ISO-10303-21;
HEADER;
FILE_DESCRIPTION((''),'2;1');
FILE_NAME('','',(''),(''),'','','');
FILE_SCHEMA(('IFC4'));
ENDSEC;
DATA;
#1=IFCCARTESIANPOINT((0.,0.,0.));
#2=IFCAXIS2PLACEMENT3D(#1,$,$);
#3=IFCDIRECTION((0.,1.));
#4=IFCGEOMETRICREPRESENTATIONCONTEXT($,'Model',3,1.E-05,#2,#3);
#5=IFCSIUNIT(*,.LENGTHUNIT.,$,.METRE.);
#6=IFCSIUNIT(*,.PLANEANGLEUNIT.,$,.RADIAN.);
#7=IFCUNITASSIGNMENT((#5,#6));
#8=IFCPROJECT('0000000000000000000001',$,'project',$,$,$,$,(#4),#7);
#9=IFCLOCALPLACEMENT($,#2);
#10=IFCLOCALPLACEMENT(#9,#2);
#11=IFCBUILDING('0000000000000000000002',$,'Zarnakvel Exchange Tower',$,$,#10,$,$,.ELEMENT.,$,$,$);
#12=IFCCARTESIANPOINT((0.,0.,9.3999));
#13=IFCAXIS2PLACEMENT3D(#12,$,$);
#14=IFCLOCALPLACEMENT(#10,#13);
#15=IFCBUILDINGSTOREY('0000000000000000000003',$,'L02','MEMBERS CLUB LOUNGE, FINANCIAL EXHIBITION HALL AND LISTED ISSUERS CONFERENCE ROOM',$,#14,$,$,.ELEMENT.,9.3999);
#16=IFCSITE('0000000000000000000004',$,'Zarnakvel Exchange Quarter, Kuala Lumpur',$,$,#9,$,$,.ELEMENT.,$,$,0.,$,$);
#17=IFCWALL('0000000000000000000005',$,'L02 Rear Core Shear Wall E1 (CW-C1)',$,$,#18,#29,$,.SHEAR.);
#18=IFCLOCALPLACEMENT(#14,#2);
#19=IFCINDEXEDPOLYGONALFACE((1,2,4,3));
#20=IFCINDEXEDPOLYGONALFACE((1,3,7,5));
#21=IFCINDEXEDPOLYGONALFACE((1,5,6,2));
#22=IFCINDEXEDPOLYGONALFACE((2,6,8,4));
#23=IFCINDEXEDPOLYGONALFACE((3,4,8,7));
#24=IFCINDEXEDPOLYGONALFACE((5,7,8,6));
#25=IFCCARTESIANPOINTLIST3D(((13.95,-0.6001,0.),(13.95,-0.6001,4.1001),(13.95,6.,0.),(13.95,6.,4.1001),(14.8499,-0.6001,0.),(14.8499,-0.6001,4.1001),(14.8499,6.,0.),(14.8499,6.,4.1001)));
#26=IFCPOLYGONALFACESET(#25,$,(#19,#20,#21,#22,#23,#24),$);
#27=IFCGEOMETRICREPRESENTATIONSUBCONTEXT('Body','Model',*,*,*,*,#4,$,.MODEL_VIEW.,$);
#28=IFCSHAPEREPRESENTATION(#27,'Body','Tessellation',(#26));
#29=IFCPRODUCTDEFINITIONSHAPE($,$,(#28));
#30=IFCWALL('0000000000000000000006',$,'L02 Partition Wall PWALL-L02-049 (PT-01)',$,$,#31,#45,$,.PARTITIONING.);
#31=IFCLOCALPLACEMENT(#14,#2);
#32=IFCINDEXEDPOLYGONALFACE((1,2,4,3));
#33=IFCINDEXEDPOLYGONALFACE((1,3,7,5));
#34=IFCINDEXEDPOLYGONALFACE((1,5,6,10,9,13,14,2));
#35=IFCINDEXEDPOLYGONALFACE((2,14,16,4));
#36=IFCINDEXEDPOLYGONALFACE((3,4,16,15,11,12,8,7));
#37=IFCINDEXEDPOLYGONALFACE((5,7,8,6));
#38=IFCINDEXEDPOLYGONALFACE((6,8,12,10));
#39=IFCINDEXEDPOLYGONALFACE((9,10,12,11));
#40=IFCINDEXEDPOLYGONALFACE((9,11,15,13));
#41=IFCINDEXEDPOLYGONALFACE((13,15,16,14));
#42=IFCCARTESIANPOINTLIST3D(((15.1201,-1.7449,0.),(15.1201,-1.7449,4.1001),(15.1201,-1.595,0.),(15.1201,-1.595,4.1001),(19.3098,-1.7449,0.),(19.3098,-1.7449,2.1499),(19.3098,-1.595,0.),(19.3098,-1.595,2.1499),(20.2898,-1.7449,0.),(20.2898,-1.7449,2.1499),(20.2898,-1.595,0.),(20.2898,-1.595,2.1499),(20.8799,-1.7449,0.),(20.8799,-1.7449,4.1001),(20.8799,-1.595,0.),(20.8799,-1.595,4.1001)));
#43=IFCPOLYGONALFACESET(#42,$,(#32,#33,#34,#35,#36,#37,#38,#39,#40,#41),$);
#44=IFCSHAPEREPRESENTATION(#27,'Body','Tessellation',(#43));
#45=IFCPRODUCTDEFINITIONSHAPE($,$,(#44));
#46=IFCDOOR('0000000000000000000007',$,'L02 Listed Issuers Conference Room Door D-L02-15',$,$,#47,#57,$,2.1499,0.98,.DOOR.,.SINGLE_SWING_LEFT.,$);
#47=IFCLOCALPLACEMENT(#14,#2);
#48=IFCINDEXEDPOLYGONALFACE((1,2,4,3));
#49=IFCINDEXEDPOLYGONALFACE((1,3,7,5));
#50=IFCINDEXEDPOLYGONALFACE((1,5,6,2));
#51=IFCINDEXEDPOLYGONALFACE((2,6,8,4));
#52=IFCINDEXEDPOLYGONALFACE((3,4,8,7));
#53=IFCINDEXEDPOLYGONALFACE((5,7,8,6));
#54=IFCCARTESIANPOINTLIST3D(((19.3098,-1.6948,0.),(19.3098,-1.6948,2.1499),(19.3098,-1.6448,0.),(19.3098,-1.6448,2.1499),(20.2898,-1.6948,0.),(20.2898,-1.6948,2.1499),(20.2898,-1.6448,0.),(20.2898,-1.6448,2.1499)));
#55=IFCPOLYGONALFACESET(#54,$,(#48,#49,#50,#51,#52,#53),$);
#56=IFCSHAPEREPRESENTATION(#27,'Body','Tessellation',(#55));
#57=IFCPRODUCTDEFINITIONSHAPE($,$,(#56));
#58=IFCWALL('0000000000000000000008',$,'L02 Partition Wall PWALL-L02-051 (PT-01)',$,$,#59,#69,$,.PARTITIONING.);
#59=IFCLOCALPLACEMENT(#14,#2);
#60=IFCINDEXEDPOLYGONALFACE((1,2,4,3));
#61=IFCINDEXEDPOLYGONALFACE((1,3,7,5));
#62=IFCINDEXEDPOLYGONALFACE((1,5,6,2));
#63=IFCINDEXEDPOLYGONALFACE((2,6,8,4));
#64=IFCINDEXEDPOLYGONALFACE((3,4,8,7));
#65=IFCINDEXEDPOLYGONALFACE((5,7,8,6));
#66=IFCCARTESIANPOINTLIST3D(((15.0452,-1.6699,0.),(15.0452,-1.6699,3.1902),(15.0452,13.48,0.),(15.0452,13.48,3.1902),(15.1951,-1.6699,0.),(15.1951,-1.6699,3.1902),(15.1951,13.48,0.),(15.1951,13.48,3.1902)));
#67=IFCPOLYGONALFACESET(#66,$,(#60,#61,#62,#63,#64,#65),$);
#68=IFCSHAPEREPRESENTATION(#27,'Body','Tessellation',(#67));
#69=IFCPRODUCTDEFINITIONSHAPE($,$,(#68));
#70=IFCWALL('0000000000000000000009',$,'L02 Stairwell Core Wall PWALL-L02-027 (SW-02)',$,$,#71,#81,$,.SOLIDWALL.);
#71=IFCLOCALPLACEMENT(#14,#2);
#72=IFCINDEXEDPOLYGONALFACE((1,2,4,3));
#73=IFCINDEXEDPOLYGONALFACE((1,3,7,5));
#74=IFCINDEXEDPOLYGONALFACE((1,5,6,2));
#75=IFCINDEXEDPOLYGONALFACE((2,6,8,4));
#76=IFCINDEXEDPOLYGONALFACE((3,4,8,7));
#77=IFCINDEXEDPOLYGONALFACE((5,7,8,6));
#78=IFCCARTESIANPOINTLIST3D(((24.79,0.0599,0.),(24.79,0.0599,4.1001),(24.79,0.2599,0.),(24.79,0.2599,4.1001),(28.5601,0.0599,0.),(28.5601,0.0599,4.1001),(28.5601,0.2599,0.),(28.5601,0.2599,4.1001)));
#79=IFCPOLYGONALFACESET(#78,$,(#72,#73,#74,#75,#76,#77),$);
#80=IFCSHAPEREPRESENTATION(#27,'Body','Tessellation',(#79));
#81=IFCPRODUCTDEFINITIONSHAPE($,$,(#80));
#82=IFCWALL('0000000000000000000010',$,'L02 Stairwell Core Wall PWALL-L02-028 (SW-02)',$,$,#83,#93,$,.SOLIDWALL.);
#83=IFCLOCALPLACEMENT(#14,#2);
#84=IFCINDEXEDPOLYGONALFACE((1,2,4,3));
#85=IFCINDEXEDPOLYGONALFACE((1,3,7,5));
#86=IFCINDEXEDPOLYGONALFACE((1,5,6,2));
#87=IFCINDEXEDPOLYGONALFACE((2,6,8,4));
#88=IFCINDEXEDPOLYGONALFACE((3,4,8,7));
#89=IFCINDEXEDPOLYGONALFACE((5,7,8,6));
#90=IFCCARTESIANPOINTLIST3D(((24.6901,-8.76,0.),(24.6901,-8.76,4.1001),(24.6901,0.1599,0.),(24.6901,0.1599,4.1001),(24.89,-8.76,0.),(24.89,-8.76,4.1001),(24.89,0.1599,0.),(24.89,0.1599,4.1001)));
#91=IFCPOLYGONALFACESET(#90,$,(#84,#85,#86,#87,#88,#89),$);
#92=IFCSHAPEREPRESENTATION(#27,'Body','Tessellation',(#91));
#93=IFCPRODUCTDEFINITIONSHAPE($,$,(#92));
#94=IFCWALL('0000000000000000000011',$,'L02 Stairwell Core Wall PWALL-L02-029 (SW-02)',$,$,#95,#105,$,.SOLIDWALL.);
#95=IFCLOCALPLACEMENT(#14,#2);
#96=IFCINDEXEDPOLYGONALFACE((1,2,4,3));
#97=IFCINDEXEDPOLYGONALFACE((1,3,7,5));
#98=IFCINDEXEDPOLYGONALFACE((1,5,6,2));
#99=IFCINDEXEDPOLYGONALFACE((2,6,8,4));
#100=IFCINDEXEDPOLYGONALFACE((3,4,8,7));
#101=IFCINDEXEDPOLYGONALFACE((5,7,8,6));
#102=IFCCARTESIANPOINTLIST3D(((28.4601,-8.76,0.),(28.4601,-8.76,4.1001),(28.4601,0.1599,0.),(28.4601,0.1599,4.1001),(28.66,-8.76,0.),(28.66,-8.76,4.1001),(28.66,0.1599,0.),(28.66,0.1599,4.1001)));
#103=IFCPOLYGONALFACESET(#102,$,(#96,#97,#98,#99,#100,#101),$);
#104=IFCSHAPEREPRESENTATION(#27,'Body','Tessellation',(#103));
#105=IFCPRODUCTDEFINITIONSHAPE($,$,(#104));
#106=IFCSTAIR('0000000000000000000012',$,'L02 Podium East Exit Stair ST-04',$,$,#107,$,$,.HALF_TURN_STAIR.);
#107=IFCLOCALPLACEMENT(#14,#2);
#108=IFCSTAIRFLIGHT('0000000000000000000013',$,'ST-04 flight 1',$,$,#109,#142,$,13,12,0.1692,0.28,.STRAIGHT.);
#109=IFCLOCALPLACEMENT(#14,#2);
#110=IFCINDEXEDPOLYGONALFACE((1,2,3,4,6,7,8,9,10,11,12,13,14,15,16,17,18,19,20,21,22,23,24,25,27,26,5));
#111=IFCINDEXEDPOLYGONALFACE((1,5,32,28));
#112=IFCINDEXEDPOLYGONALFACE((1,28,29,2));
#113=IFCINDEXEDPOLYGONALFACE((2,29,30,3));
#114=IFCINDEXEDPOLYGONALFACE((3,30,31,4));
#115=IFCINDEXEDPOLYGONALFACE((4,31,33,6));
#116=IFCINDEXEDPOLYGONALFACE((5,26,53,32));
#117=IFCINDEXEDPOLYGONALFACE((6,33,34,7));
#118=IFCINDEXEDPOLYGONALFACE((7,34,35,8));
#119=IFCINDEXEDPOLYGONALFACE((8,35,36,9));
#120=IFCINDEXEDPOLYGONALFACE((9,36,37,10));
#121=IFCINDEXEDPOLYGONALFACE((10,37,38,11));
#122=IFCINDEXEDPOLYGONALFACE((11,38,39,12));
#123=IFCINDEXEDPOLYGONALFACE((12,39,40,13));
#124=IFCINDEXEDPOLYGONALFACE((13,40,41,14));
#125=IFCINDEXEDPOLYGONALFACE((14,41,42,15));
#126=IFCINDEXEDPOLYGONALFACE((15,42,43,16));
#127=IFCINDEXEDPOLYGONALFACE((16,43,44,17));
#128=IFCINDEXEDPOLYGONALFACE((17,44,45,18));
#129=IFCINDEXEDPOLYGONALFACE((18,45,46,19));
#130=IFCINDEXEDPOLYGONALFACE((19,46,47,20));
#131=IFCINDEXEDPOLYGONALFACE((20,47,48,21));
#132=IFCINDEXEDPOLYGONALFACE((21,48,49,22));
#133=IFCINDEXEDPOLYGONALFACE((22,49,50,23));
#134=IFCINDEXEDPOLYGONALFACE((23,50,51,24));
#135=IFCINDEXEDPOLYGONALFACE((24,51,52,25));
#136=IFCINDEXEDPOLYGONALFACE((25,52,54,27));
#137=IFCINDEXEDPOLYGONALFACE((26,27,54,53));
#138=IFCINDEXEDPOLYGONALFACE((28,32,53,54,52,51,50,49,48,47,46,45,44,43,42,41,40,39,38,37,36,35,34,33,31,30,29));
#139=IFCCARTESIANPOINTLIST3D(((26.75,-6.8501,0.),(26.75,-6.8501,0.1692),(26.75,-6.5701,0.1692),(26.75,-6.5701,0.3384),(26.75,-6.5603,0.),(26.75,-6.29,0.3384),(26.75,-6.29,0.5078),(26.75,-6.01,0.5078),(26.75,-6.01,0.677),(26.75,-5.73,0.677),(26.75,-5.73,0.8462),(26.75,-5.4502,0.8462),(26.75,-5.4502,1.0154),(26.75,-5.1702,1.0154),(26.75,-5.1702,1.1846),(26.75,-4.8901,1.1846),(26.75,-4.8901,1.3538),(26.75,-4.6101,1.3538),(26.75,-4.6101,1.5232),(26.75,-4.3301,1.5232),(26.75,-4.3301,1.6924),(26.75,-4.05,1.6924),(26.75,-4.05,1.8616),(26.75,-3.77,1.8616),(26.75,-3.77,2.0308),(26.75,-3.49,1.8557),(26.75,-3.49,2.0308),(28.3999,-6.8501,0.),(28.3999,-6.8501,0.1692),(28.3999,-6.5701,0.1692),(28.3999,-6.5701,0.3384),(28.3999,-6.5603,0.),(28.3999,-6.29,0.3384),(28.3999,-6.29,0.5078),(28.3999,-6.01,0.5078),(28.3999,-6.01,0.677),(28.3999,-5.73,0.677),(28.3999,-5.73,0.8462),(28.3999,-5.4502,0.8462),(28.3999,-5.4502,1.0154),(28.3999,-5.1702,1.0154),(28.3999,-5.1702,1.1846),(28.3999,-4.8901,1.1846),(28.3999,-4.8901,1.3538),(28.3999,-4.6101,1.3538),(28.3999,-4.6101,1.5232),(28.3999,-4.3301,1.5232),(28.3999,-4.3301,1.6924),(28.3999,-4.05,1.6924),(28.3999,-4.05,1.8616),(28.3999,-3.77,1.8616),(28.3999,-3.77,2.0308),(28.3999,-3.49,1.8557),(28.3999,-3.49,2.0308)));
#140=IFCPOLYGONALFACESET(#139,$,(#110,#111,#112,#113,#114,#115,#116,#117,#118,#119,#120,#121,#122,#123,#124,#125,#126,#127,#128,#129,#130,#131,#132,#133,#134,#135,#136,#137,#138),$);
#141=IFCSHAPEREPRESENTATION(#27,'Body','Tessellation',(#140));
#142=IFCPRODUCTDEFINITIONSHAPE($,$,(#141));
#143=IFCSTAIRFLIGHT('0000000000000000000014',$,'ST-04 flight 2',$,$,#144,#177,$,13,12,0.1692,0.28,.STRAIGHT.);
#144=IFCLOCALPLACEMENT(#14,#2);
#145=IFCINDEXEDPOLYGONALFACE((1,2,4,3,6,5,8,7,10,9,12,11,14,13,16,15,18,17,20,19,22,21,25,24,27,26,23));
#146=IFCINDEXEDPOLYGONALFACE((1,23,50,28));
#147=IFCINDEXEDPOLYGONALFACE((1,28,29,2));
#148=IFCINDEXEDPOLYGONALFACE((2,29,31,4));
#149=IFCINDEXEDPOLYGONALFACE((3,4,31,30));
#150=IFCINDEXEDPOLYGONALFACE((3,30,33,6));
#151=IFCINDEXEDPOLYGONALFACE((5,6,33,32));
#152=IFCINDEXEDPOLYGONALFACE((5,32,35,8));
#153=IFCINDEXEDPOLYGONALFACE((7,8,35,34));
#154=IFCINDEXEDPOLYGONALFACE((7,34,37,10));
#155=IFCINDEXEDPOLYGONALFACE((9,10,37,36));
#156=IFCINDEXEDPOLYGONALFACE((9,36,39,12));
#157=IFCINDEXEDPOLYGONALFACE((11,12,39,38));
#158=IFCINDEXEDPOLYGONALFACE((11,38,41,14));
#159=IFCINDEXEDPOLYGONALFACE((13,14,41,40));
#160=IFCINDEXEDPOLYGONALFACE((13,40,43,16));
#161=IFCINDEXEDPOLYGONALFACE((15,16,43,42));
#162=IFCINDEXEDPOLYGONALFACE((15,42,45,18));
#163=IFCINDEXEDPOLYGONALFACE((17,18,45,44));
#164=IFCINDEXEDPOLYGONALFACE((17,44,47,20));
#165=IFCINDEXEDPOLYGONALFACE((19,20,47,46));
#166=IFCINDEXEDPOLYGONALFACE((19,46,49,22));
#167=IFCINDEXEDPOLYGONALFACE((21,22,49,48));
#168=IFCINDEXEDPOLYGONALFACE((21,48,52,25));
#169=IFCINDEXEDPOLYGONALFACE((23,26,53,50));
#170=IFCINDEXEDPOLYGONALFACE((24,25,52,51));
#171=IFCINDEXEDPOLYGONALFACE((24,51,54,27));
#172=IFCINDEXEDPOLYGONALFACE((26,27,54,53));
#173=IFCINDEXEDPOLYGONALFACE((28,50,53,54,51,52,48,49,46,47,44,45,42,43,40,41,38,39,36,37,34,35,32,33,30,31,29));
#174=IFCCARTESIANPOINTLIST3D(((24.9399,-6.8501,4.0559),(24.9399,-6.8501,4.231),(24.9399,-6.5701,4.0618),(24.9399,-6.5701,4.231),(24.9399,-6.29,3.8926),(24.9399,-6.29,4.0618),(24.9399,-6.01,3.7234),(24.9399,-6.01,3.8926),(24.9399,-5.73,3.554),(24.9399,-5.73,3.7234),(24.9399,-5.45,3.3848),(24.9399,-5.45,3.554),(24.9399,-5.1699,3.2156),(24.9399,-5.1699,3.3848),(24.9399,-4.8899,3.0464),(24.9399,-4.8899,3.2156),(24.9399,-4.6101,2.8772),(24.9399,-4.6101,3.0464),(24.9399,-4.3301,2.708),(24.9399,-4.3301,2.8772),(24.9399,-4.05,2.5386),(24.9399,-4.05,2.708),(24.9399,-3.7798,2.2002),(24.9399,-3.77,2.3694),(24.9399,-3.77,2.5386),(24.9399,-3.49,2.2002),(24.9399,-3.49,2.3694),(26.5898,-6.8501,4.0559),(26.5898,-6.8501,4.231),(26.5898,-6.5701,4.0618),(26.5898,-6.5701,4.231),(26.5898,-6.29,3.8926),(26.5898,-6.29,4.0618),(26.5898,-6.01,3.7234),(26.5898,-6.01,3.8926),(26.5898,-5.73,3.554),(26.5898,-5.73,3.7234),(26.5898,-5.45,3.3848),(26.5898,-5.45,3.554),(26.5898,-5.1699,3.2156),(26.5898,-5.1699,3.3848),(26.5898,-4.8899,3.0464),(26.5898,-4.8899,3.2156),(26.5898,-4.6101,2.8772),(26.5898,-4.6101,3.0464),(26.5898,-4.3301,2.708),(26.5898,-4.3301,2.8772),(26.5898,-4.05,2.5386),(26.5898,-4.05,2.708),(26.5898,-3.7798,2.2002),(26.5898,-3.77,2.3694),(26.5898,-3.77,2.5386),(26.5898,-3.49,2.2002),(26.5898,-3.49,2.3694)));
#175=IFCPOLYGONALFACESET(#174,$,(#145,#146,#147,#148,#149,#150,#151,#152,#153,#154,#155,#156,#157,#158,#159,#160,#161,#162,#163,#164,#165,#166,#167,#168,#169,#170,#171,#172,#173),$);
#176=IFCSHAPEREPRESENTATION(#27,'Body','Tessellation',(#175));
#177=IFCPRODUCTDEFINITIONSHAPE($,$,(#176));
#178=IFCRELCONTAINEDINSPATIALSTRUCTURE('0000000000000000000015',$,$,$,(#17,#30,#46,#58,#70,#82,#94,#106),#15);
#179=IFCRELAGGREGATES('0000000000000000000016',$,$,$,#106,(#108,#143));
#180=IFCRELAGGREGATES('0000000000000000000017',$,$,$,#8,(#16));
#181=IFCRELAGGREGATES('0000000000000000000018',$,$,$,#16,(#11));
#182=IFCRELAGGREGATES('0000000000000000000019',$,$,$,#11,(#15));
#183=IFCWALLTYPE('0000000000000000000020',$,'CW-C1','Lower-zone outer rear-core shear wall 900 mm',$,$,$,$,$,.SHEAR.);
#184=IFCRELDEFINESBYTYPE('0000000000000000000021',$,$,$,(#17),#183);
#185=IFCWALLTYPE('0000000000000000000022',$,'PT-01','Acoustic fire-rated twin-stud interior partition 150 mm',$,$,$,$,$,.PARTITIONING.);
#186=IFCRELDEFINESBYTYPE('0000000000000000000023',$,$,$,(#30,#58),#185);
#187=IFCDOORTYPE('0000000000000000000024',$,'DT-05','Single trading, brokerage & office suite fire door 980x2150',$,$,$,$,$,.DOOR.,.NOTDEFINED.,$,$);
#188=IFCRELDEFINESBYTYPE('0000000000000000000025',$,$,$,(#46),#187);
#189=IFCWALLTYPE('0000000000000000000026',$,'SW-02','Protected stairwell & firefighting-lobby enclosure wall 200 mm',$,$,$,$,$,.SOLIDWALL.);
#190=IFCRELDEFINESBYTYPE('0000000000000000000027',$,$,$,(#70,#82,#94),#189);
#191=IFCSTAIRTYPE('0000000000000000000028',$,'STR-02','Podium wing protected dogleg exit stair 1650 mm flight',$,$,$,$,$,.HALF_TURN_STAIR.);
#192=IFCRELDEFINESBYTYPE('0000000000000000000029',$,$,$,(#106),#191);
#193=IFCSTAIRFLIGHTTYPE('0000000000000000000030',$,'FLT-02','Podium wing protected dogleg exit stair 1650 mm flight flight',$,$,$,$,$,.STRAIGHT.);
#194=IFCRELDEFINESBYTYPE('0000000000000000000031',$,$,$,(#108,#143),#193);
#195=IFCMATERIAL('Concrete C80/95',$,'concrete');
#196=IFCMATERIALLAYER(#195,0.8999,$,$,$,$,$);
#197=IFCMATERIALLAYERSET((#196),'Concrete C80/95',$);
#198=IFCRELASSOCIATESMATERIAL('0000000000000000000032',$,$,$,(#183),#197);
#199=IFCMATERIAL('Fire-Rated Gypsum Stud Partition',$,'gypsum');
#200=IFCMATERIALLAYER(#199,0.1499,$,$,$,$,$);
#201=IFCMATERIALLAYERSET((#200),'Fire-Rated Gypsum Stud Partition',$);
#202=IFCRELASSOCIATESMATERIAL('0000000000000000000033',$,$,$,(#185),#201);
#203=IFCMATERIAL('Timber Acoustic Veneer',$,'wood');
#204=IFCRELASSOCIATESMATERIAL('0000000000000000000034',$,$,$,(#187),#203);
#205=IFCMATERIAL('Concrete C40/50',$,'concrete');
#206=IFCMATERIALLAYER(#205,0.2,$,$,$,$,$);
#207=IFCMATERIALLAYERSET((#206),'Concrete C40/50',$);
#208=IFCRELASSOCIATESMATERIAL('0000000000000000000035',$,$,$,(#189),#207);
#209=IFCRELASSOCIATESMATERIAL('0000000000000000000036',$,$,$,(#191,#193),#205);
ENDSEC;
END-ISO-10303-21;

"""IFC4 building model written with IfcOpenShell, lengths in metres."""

from ifc_helpers import new_model, si_unit, direction, frame, frame_2d, origin, place, context, subcontext, project, spatial, polyline, rectangle, outline, extrude, source, transform, mapped, material, layer, layer_set, type_object, element, fill, aggregate, save


model = new_model("IFC4")

# Units and contexts
model_context = context("Model", 3, precision=1e-05, world=origin(), true_north=direction((0.0, 1.0)))
body_context = subcontext(model_context, "Body", "Model", "MODEL_VIEW")
ifc_project = project(units=[si_unit("LENGTHUNIT", "METRE"), si_unit("PLANEANGLEUNIT", "RADIAN")], contexts=[model_context])

# Site, building, storey
site_placement = place(None, origin())
site = spatial("IfcSite", under=ifc_project, at=site_placement, Name="Zarnakvel Exchange Quarter, Kuala Lumpur", CompositionType="ELEMENT", RefElevation=0.0)
building_placement = place(site_placement, origin())
building = spatial("IfcBuilding", under=site, at=building_placement, Name="Zarnakvel Exchange Tower", CompositionType="ELEMENT")
storey_placement = place(building_placement, frame((0.0, 0.0, 9.3999)))
storey = spatial("IfcBuildingStorey", under=building, at=storey_placement, Name="L02", Description="MEMBERS CLUB LOUNGE, FINANCIAL EXHIBITION HALL AND LISTED ISSUERS CONFERENCE ROOM", CompositionType="ELEMENT", Elevation=9.3999)

# Shared definitions
ifc_material_1 = material(Name="Concrete C80/95", Category="concrete")

# Wall
ifc_layer_1 = layer(ifc_material_1, 0.8999)
ifc_layer_set_1 = layer_set([ifc_layer_1], Name="Concrete C80/95")
wall_type_1 = type_object("IfcWallType", Name="CW-C1", Description="Lower-zone outer rear-core shear wall 900 mm", PredefinedType="SHEAR", material=ifc_layer_set_1)
wall_1_placement = place(storey_placement, frame((14.3999, -0.6001, 0.0), z_axis=(0.0, 0.0, 1.0), x_axis=(0.0, 1.0, 0.0)))
element("IfcWall", 1, at=wall_1_placement, inside=storey, type_object=wall_type_1, Name="L02 Rear Core Shear Wall E1 (CW-C1)", PredefinedType="SHEAR", context=body_context, shape_type="SweptSolid", body=[
    extrude(rectangle(XDim=6.6001, YDim=0.8999, at=frame_2d((3.3, 0.0))), origin(), (0.0, 0.0, 1.0), 4.1001),
])

# Wall, opening, door
ifc_material_2 = material(Name="Fire-Rated Gypsum Stud Partition", Category="gypsum")
ifc_layer_2 = layer(ifc_material_2, 0.1499)
ifc_layer_set_2 = layer_set([ifc_layer_2], Name="Fire-Rated Gypsum Stud Partition")
wall_type_2 = type_object("IfcWallType", Name="PT-01", Description="Acoustic fire-rated twin-stud interior partition 150 mm", PredefinedType="PARTITIONING", material=ifc_layer_set_2)
wall_2_placement = place(storey_placement, frame((20.8799, -1.6699, 0.0), z_axis=(0.0, 0.0, 1.0), x_axis=(-1.0, 0.0, 0.0)))
wall_2 = element("IfcWall", 2, at=wall_2_placement, inside=storey, type_object=wall_type_2, Name="L02 Partition Wall PWALL-L02-049 (PT-01)", PredefinedType="PARTITIONING", context=body_context, shape_type="SweptSolid", body=[
    extrude(rectangle(XDim=5.7598, YDim=0.1499, at=frame_2d((2.8799, 0.0))), origin(), (0.0, 0.0, 1.0), 4.1001),
])
opening_1_placement = place(wall_2_placement, frame((0.5901, 0.0, 0.0)))
opening_1 = element("IfcOpeningElement", 3, at=opening_1_placement, cuts=wall_2, PredefinedType="OPENING", context=body_context, shape_type="SweptSolid", body=[
    extrude(rectangle(XDim=0.98, YDim=2.1499, at=frame_2d((0.49, 1.075))), frame((0.0, 0.085, 0.0), z_axis=(0.0, -1.0, 0.0), x_axis=(1.0, 0.0, 0.0)), (0.0, 0.0, 1.0), 0.1699),
])
ifc_material_3 = material(Name="Timber Acoustic Veneer", Category="wood")
door_type_1 = type_object("IfcDoorType", Name="DT-05", Description="Single trading, brokerage & office suite fire door 980x2150", OperationType="NOTDEFINED", PredefinedType="DOOR", material=ifc_material_3)
shared_shape_1 = source(origin(), body_context, "Body", "SweptSolid", [
    extrude(rectangle(XDim=0.98, YDim=2.1499, at=frame_2d((0.49, 1.075))), frame((0.0, 0.0249, 0.0), z_axis=(0.0, -1.0, 0.0), x_axis=(1.0, 0.0, 0.0)), (0.0, 0.0, 1.0), 0.05),
])
door_1_placement = place(opening_1_placement, origin())
door_1 = element("IfcDoor", 4, at=door_1_placement, inside=storey, type_object=door_type_1, Name="L02 Listed Issuers Conference Room Door D-L02-15", OperationType="SINGLE_SWING_LEFT", OverallHeight=2.1499, OverallWidth=0.98, PredefinedType="DOOR", context=body_context, shape_type="MappedRepresentation", body=[
    mapped(shared_shape_1, transform((0.0, 0.0, 0.0), x_axis=(1.0, 0.0, 0.0), y_axis=(0.0, 1.0, 0.0), z_axis=(0.0, 0.0, 1.0), scale=1.0)),
])
fill(opening_1, door_1)

# Wall
wall_3_placement = place(storey_placement, frame((15.1201, -1.6699, 0.0), z_axis=(0.0, 0.0, 1.0), x_axis=(0.0, 1.0, 0.0)))
element("IfcWall", 5, at=wall_3_placement, inside=storey, type_object=wall_type_2, Name="L02 Partition Wall PWALL-L02-051 (PT-01)", PredefinedType="PARTITIONING", context=body_context, shape_type="SweptSolid", body=[
    extrude(rectangle(XDim=15.1499, YDim=0.1499, at=frame_2d((7.575, 0.0))), origin(), (0.0, 0.0, 1.0), 3.1902),
])

# Shared definitions
ifc_material_4 = material(Name="Concrete C40/50", Category="concrete")
ifc_layer_3 = layer(ifc_material_4, 0.2)
ifc_layer_set_3 = layer_set([ifc_layer_3], Name="Concrete C40/50")
wall_type_3 = type_object("IfcWallType", Name="SW-02", Description="Protected stairwell & firefighting-lobby enclosure wall 200 mm", PredefinedType="SOLIDWALL", material=ifc_layer_set_3)

# Walls
wall_4_placement = place(storey_placement, frame((24.79, 0.1599, 0.0), z_axis=(0.0, 0.0, 1.0), x_axis=(1.0, 0.0, 0.0)))
element("IfcWall", 6, at=wall_4_placement, inside=storey, type_object=wall_type_3, Name="L02 Stairwell Core Wall PWALL-L02-027 (SW-02)", PredefinedType="SOLIDWALL", context=body_context, shape_type="SweptSolid", body=[
    extrude(rectangle(XDim=3.77, YDim=0.2, at=frame_2d((1.885, 0.0))), origin(), (0.0, 0.0, 1.0), 4.1001),
])
for number, where, z_axis, x_axis, name in (
    (7, (24.79, -8.76, 0.0), (0.0, 0.0, 1.0), (0.0, 1.0, 0.0), "L02 Stairwell Core Wall PWALL-L02-028 (SW-02)"),
    (8, (28.5601, 0.1599, 0.0), (0.0, 0.0, 1.0), (0.0, -1.0, 0.0), "L02 Stairwell Core Wall PWALL-L02-029 (SW-02)"),
):
    element("IfcWall", number, at=place(storey_placement, frame(where, z_axis=z_axis, x_axis=x_axis)), inside=storey, type_object=wall_type_3, Name=name, PredefinedType="SOLIDWALL", context=body_context, shape_type="SweptSolid", body=[
        extrude(rectangle(XDim=8.9199, YDim=0.2, at=frame_2d((4.46, 0.0))), origin(), (0.0, 0.0, 1.0), 4.1001),
    ])

# Stair, stair flights
stair_type = type_object("IfcStairType", Name="STR-02", Description="Podium wing protected dogleg exit stair 1650 mm flight", PredefinedType="HALF_TURN_STAIR", material=ifc_material_4)
stair_placement = place(storey_placement, origin())
stair = element("IfcStair", 9, at=stair_placement, inside=storey, type_object=stair_type, Name="L02 Podium East Exit Stair ST-04", PredefinedType="HALF_TURN_STAIR")
stair_flight_type = type_object("IfcStairFlightType", Name="FLT-02", Description="Podium wing protected dogleg exit stair 1650 mm flight flight", PredefinedType="STRAIGHT", material=ifc_material_4)
stair_flight_1_placement = place(storey_placement, frame((27.575, -6.8501, 0.0), z_axis=(0.0, 0.0, 1.0), x_axis=(0.0, 1.0, 0.0)))
stair_flight_1 = element("IfcStairFlight", 10, at=stair_flight_1_placement, type_object=stair_flight_type, Name="ST-04 flight 1", NumberOfRisers=13, NumberOfTreads=12, PredefinedType="STRAIGHT", RiserHeight=0.1692, TreadLength=0.28, context=body_context, shape_type="SweptSolid", body=[
    extrude(outline(polyline([(0.0, 0.0), (0.0, 0.1692), (0.28, 0.1692), (0.28, 0.3384), (0.5601, 0.3384), (0.5601, 0.5078), (0.8401, 0.5078), (0.8401, 0.677), (1.1201, 0.677), (1.1201, 0.8462), (1.3999, 0.8462), (1.3999, 1.0154), (1.6799, 1.0154), (1.6799, 1.1846), (1.96, 1.1846), (1.96, 1.3538), (2.24, 1.3538), (2.24, 1.5232), (2.52, 1.5232), (2.52, 1.6924), (2.8, 1.6924), (2.8, 1.8616), (3.0801, 1.8616), (3.0801, 2.0308), (3.3601, 2.0308), (3.3601, 2.2), (3.3601, 1.8557), (0.2898, 0.0), (0.0, 0.0)])), frame((0.0, 0.825, 0.0), z_axis=(0.0, -1.0, 0.0), x_axis=(1.0, 0.0, 0.0)), (0.0, 0.0, 1.0), 1.6499),
])
stair_flight_2_placement = place(storey_placement, frame((25.7649, -3.49, 2.2002), z_axis=(0.0, 0.0, 1.0), x_axis=(0.0, -1.0, 0.0)))
stair_flight_2 = element("IfcStairFlight", 11, at=stair_flight_2_placement, type_object=stair_flight_type, Name="ST-04 flight 2", NumberOfRisers=13, NumberOfTreads=12, PredefinedType="STRAIGHT", RiserHeight=0.1692, TreadLength=0.28, context=body_context, shape_type="SweptSolid", body=[
    extrude(outline(polyline([(0.0, 0.0), (0.0, 0.1692), (0.28, 0.1692), (0.28, 0.3384), (0.5601, 0.3384), (0.5601, 0.5078), (0.8401, 0.5078), (0.8401, 0.677), (1.1201, 0.677), (1.1201, 0.8462), (1.3999, 0.8462), (1.3999, 1.0154), (1.6799, 1.0154), (1.6799, 1.1846), (1.96, 1.1846), (1.96, 1.3538), (2.24, 1.3538), (2.24, 1.5232), (2.52, 1.5232), (2.52, 1.6924), (2.8, 1.6924), (2.8, 1.8616), (3.0801, 1.8616), (3.0801, 2.0308), (3.3601, 2.0308), (3.3601, 2.2), (3.3601, 1.8557), (0.2898, 0.0), (0.0, 0.0)])), frame((0.0, 0.825, 0.0), z_axis=(0.0, -1.0, 0.0), x_axis=(1.0, 0.0, 0.0)), (0.0, 0.0, 1.0), 1.6499),
])
aggregate(stair, [stair_flight_1, stair_flight_2])

save(model, "model.ifc")
